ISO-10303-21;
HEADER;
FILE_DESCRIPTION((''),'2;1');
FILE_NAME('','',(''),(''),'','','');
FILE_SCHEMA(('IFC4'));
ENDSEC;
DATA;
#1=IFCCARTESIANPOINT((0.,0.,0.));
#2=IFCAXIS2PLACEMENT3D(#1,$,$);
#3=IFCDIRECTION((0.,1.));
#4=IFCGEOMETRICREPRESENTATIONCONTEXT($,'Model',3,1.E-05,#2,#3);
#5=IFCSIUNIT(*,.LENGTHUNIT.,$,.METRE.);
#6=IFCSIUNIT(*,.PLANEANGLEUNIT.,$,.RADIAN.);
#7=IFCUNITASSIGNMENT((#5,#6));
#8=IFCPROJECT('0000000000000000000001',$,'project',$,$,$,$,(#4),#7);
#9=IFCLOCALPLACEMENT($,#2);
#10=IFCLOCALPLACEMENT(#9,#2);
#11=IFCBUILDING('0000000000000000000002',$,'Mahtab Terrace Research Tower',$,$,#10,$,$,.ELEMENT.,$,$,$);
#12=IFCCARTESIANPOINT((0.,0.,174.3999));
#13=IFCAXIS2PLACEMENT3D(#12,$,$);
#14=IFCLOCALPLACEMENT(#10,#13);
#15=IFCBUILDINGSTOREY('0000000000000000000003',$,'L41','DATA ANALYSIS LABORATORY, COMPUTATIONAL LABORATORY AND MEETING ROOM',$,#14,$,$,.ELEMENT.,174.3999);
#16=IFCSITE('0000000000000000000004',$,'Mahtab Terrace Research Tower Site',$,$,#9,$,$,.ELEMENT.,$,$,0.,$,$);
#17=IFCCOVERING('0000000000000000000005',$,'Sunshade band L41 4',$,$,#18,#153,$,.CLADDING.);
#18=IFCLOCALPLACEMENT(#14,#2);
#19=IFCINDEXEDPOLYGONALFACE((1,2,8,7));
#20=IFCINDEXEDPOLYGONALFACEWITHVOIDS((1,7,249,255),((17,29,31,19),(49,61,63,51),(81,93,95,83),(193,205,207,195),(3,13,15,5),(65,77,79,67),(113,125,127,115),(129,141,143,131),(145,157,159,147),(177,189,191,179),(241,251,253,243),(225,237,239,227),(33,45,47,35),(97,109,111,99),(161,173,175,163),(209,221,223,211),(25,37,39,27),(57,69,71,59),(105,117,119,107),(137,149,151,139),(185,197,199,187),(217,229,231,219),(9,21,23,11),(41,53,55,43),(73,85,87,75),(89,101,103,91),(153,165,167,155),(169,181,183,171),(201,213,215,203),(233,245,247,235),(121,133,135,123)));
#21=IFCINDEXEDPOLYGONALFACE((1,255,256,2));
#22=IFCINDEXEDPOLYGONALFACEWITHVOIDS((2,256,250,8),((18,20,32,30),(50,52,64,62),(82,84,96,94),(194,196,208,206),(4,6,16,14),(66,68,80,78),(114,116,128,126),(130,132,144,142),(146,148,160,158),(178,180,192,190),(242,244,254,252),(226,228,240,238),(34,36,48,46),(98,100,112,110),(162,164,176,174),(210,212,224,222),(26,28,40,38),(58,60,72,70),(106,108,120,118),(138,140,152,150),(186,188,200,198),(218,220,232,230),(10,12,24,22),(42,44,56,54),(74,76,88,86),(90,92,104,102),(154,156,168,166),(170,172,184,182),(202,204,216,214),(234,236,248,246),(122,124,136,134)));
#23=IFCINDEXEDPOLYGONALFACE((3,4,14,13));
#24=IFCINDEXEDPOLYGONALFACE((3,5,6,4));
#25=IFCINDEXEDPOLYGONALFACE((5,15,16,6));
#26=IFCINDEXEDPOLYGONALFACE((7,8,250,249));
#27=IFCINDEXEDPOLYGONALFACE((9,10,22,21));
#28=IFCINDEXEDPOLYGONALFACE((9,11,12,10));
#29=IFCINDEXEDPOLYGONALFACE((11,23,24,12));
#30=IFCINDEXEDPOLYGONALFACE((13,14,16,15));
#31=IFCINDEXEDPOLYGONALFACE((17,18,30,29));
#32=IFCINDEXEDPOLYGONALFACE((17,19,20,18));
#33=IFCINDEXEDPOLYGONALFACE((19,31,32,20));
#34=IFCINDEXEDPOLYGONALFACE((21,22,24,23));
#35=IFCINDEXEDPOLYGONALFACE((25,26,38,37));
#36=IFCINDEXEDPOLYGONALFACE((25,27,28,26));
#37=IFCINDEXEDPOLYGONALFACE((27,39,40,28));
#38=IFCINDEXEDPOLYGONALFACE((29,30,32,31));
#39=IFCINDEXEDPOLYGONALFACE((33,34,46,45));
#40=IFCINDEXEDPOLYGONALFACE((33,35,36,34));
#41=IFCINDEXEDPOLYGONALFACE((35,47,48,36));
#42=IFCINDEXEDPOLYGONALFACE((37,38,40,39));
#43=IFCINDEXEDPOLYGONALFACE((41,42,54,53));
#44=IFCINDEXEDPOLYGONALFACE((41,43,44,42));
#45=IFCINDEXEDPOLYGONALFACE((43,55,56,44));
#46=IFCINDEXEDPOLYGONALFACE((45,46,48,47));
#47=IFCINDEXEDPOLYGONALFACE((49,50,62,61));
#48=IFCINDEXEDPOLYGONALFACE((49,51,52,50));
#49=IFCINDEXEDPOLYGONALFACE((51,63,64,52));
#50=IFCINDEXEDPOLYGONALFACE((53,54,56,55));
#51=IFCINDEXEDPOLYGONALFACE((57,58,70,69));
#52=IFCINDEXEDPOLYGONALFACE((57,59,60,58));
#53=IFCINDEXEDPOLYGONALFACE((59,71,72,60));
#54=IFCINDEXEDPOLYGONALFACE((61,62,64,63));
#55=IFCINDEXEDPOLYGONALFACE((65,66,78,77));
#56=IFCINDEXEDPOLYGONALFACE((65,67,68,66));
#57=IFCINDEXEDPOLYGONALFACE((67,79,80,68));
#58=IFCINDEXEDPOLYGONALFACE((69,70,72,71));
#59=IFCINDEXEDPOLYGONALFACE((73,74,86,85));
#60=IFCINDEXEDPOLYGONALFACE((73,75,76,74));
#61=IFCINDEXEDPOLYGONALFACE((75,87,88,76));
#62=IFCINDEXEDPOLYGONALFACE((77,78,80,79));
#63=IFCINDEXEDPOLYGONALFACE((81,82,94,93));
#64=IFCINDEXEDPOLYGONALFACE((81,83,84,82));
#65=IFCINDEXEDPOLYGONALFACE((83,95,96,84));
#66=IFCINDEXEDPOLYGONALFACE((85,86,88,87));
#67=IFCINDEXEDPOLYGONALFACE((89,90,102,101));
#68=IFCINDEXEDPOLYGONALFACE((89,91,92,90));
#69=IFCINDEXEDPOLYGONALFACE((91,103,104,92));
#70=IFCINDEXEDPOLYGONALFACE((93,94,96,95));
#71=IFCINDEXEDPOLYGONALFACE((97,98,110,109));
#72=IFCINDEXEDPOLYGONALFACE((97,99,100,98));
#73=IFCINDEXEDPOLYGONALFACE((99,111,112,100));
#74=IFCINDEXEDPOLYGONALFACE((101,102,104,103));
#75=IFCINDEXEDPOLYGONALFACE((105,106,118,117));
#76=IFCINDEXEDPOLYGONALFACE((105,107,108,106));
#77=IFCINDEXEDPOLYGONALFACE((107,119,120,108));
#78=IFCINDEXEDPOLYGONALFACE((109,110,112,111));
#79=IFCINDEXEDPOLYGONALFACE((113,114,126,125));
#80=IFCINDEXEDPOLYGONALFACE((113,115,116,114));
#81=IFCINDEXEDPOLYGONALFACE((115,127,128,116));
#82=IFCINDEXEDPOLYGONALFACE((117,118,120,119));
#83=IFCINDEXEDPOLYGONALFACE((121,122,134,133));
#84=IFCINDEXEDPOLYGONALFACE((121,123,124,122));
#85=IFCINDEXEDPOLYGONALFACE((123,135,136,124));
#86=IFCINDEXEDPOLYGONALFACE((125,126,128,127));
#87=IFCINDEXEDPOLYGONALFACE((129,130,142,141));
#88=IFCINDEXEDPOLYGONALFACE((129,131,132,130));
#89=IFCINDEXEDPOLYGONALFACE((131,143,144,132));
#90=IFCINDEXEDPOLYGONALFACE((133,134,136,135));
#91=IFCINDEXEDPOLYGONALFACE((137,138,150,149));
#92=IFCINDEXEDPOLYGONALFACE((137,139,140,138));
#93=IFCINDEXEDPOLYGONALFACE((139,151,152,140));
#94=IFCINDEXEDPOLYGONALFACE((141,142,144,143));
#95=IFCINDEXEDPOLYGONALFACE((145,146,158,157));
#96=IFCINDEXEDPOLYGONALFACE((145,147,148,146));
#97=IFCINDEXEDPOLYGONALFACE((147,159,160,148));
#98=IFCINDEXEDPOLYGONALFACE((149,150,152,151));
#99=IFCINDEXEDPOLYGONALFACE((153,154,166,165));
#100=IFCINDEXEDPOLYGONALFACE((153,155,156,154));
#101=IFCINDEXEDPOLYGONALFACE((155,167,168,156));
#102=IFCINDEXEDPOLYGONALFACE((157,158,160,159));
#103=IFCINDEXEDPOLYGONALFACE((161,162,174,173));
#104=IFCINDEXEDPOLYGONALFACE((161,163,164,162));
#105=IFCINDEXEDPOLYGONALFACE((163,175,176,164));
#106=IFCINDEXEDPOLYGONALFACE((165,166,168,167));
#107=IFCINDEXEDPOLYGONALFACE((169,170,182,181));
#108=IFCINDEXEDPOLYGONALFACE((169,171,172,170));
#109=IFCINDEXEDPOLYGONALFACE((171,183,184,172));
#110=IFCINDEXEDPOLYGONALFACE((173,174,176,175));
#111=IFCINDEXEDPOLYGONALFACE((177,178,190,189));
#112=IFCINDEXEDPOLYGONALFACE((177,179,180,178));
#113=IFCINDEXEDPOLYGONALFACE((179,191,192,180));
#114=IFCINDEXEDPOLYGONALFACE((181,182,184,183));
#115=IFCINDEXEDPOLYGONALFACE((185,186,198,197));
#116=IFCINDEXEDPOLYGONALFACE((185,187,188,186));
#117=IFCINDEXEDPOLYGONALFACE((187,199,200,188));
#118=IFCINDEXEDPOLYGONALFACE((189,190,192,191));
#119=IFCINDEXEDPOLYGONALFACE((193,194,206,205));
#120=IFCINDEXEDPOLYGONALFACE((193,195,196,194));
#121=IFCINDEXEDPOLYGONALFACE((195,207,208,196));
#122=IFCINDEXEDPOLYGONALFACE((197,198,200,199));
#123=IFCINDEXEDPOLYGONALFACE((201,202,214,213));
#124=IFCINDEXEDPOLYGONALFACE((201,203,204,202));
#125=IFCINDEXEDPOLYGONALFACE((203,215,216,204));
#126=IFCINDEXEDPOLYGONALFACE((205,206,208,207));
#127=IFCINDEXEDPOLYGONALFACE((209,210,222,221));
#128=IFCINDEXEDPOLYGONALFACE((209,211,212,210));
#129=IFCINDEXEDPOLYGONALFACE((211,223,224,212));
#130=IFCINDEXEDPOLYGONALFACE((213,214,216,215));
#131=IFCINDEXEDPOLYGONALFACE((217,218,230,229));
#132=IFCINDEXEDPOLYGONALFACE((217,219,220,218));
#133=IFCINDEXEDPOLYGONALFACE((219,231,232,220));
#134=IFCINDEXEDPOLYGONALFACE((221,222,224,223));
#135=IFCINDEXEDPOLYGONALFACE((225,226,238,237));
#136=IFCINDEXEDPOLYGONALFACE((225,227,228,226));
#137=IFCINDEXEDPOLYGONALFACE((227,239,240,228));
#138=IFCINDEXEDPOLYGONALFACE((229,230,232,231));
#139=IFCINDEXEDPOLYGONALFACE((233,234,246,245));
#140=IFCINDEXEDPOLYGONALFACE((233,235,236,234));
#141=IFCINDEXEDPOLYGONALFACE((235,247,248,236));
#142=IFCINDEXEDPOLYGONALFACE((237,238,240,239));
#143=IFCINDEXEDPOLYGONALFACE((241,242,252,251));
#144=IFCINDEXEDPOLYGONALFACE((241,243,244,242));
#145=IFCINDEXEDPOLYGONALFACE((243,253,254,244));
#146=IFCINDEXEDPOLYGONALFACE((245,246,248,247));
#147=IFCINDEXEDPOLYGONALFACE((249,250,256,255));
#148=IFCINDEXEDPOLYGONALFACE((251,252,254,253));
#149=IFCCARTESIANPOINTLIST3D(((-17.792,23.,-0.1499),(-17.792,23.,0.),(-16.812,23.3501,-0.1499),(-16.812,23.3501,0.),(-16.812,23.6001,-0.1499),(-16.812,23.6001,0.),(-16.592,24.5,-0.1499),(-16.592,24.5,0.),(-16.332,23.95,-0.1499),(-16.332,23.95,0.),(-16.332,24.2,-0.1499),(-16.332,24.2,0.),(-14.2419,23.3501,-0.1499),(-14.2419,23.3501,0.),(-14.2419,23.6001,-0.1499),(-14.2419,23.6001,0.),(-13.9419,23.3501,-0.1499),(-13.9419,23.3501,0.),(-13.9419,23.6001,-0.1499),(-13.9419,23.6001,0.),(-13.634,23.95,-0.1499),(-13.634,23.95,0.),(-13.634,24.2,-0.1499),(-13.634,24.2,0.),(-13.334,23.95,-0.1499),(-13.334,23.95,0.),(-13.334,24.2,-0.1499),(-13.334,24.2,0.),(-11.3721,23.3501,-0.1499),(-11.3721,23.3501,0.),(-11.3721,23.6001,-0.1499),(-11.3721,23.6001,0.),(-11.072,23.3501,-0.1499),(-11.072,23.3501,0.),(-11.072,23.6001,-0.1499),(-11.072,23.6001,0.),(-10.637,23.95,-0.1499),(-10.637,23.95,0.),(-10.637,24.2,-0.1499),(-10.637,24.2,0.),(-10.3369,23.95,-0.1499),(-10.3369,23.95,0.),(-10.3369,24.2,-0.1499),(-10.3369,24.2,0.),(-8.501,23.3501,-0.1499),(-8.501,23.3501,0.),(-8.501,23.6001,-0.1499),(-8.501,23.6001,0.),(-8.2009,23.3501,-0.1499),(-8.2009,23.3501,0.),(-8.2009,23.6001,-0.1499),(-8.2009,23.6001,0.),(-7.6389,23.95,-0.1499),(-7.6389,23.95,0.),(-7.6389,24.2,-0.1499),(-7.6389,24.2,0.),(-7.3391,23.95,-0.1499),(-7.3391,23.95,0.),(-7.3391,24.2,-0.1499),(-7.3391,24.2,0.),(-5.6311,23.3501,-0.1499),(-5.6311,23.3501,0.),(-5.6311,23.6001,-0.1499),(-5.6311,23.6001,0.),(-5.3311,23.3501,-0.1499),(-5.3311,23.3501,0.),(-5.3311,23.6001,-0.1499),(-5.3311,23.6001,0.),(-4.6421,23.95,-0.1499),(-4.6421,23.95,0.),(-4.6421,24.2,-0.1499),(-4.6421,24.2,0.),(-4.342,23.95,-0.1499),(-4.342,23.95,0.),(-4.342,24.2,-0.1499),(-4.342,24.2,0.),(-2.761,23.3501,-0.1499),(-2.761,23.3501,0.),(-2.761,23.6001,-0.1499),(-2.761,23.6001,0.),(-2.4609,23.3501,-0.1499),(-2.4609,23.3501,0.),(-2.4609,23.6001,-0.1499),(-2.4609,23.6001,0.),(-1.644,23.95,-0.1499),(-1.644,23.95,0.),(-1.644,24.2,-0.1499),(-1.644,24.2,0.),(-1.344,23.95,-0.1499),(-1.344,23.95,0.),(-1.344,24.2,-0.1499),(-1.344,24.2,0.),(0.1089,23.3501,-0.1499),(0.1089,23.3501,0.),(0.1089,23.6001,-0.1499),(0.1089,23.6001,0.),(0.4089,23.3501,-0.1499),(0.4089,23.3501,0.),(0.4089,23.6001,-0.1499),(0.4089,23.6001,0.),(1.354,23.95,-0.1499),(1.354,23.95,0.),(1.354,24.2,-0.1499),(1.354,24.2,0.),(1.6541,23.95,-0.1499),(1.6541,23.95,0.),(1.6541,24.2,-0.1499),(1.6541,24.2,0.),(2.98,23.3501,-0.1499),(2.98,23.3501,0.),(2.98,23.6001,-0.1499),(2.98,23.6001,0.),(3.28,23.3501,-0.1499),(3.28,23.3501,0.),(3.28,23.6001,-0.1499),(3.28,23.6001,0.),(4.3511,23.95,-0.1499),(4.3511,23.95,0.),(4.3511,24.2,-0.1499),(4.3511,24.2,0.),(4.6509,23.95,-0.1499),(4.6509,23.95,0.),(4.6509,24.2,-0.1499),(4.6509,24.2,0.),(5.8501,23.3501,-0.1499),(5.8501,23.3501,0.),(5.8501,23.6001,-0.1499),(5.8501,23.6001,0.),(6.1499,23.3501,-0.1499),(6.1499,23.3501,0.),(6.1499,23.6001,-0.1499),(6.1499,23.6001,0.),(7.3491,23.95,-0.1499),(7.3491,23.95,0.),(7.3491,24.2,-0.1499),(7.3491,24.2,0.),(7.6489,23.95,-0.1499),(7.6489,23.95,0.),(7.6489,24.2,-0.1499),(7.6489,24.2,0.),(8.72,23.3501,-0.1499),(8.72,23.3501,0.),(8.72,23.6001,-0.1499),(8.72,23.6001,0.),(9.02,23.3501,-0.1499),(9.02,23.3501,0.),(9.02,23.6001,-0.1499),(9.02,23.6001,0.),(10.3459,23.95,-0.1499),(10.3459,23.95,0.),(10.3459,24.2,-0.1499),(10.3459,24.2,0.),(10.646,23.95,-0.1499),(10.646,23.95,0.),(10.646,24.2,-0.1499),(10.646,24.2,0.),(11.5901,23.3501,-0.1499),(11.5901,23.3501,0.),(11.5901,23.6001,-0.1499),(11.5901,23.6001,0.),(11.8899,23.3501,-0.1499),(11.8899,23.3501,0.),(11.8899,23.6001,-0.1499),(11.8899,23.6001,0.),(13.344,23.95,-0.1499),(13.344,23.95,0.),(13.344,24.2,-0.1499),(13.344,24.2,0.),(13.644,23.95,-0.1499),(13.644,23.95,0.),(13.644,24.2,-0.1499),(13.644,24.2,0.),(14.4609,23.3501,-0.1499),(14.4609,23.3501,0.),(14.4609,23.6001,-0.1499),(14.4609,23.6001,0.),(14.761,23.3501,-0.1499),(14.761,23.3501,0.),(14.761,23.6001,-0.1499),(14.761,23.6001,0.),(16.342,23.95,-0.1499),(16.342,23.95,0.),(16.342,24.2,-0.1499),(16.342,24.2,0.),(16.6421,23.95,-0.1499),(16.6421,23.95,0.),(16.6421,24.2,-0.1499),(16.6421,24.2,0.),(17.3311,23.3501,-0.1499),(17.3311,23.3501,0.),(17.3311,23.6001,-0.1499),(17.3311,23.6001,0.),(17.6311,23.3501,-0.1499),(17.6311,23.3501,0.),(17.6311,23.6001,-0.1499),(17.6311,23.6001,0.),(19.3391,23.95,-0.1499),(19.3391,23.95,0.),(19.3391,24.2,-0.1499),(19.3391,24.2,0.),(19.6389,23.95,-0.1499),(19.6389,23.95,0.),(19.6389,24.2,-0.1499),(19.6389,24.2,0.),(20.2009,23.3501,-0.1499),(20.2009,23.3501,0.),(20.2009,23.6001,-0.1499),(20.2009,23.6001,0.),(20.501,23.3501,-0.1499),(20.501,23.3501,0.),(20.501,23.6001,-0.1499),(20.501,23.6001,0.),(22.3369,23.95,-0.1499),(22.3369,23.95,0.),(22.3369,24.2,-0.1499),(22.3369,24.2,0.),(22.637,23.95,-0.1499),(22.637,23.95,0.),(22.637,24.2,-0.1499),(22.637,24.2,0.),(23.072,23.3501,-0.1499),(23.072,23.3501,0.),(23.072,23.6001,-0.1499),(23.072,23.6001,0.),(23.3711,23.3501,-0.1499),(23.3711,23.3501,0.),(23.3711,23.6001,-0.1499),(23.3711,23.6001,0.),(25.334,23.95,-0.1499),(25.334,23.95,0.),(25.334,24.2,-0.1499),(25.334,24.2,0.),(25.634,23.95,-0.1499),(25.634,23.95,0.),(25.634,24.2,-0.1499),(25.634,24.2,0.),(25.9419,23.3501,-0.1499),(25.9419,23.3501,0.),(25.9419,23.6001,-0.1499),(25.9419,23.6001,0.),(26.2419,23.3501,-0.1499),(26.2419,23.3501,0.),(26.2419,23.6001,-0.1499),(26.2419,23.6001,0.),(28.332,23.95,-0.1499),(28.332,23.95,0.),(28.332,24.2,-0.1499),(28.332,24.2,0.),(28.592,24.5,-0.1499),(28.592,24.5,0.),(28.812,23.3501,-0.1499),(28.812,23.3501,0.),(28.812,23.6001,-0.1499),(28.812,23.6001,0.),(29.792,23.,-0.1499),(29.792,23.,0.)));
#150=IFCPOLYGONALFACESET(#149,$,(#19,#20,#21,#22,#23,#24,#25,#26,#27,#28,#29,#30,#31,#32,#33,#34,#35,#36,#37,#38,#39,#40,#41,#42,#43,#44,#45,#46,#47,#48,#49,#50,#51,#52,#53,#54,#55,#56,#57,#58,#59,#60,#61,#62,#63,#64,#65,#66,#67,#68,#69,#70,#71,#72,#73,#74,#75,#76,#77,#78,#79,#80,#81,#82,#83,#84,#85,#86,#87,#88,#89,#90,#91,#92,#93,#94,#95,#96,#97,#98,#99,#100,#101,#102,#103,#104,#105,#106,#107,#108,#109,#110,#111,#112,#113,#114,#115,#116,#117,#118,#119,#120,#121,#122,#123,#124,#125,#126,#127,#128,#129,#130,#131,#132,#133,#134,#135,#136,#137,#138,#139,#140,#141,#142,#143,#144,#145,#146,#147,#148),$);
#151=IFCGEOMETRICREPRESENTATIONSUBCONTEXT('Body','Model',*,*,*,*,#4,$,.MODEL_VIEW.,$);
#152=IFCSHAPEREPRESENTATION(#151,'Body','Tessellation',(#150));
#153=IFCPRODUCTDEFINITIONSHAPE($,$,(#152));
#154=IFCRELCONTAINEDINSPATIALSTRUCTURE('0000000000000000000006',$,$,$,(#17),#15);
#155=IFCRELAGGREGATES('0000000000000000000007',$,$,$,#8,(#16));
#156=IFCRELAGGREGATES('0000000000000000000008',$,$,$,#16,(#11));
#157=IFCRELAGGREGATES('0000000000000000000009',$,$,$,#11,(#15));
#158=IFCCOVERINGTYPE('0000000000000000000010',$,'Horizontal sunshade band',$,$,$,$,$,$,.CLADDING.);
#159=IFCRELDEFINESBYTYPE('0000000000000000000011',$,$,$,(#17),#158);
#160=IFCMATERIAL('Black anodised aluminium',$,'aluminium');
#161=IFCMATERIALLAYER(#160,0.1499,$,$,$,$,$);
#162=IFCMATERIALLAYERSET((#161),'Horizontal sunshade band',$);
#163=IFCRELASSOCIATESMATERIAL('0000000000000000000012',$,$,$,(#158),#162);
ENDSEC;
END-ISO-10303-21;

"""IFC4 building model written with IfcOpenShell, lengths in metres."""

from ifc_helpers import new_model, si_unit, direction, frame, origin, place, context, subcontext, project, spatial, polyline, outline, extrude, material, layer, layer_set, type_object, element, save


model = new_model("IFC4")

# Units and contexts
model_context = context("Model", 3, precision=1e-05, world=origin(), true_north=direction((0.0, 1.0)))
body_context = subcontext(model_context, "Body", "Model", "MODEL_VIEW")
ifc_project = project(units=[si_unit("LENGTHUNIT", "METRE"), si_unit("PLANEANGLEUNIT", "RADIAN")], contexts=[model_context])

# Site, building, storey
site_placement = place(None, origin())
site = spatial("IfcSite", under=ifc_project, at=site_placement, Name="Mahtab Terrace Research Tower Site", CompositionType="ELEMENT", RefElevation=0.0)
building_placement = place(site_placement, origin())
building = spatial("IfcBuilding", under=site, at=building_placement, Name="Mahtab Terrace Research Tower", CompositionType="ELEMENT")
storey_placement = place(building_placement, frame((0.0, 0.0, 174.3999)))
storey = spatial("IfcBuildingStorey", under=building, at=storey_placement, Name="L41", Description="DATA ANALYSIS LABORATORY, COMPUTATIONAL LABORATORY AND MEETING ROOM", CompositionType="ELEMENT", Elevation=174.3999)

# Covering
ifc_material_1 = material(Name="Black anodised aluminium", Category="aluminium")
ifc_layer_1 = layer(ifc_material_1, 0.1499)
ifc_layer_set_1 = layer_set([ifc_layer_1], Name="Horizontal sunshade band")
covering_type = type_object("IfcCoveringType", Name="Horizontal sunshade band", PredefinedType="CLADDING", material=ifc_layer_set_1)
covering_1_placement = place(storey_placement, frame((0.0, 0.0, -0.1499)))
element("IfcCovering", 1, at=covering_1_placement, inside=storey, type_object=covering_type, Name="Sunshade band L41 4", PredefinedType="CLADDING", context=body_context, shape_type="SweptSolid", body=[
    extrude(outline(polyline([(29.792, 23.0), (-17.792, 23.0), (-16.592, 24.5), (28.592, 24.5), (29.792, 23.0)]), holes=[polyline([(28.812, 23.3501), (26.2419, 23.3501), (26.2419, 23.6001), (28.812, 23.6001), (28.812, 23.3501)]), polyline([(25.9419, 23.3501), (23.3711, 23.3501), (23.3711, 23.6001), (25.9419, 23.6001), (25.9419, 23.3501)]), polyline([(23.072, 23.3501), (20.501, 23.3501), (20.501, 23.6001), (23.072, 23.6001), (23.072, 23.3501)]), polyline([(20.2009, 23.3501), (17.6311, 23.3501), (17.6311, 23.6001), (20.2009, 23.6001), (20.2009, 23.3501)]), polyline([(17.3311, 23.3501), (14.761, 23.3501), (14.761, 23.6001), (17.3311, 23.6001), (17.3311, 23.3501)]), polyline([(14.4609, 23.3501), (11.8899, 23.3501), (11.8899, 23.6001), (14.4609, 23.6001), (14.4609, 23.3501)]), polyline([(11.5901, 23.3501), (9.02, 23.3501), (9.02, 23.6001), (11.5901, 23.6001), (11.5901, 23.3501)]), polyline([(8.72, 23.3501), (6.1499, 23.3501), (6.1499, 23.6001), (8.72, 23.6001), (8.72, 23.3501)]), polyline([(5.8501, 23.3501), (3.28, 23.3501), (3.28, 23.6001), (5.8501, 23.6001), (5.8501, 23.3501)]), polyline([(2.98, 23.3501), (0.4089, 23.3501), (0.4089, 23.6001), (2.98, 23.6001), (2.98, 23.3501)]), polyline([(0.1089, 23.3501), (-2.4609, 23.3501), (-2.4609, 23.6001), (0.1089, 23.6001), (0.1089, 23.3501)]), polyline([(-2.761, 23.3501), (-5.3311, 23.3501), (-5.3311, 23.6001), (-2.761, 23.6001), (-2.761, 23.3501)]), polyline([(-5.6311, 23.3501), (-8.2009, 23.3501), (-8.2009, 23.6001), (-5.6311, 23.6001), (-5.6311, 23.3501)]), polyline([(-8.501, 23.3501), (-11.072, 23.3501), (-11.072, 23.6001), (-8.501, 23.6001), (-8.501, 23.3501)]), polyline([(-11.3721, 23.3501), (-13.9419, 23.3501), (-13.9419, 23.6001), (-11.3721, 23.6001), (-11.3721, 23.3501)]), polyline([(-14.2419, 23.3501), (-16.812, 23.3501), (-16.812, 23.6001), (-14.2419, 23.6001), (-14.2419, 23.3501)]), polyline([(28.332, 23.95), (25.634, 23.95), (25.634, 24.2), (28.332, 24.2), (28.332, 23.95)]), polyline([(25.334, 23.95), (22.637, 23.95), (22.637, 24.2), (25.334, 24.2), (25.334, 23.95)]), polyline([(22.3369, 23.95), (19.6389, 23.95), (19.6389, 24.2), (22.3369, 24.2), (22.3369, 23.95)]), polyline([(19.3391, 23.95), (16.6421, 23.95), (16.6421, 24.2), (19.3391, 24.2), (19.3391, 23.95)]), polyline([(16.342, 23.95), (13.644, 23.95), (13.644, 24.2), (16.342, 24.2), (16.342, 23.95)]), polyline([(13.344, 23.95), (10.646, 23.95), (10.646, 24.2), (13.344, 24.2), (13.344, 23.95)]), polyline([(10.3459, 23.95), (7.6489, 23.95), (7.6489, 24.2), (10.3459, 24.2), (10.3459, 23.95)]), polyline([(7.3491, 23.95), (4.6509, 23.95), (4.6509, 24.2), (7.3491, 24.2), (7.3491, 23.95)]), polyline([(4.3511, 23.95), (1.6541, 23.95), (1.6541, 24.2), (4.3511, 24.2), (4.3511, 23.95)]), polyline([(1.354, 23.95), (-1.344, 23.95), (-1.344, 24.2), (1.354, 24.2), (1.354, 23.95)]), polyline([(-1.644, 23.95), (-4.342, 23.95), (-4.342, 24.2), (-1.644, 24.2), (-1.644, 23.95)]), polyline([(-4.6421, 23.95), (-7.3391, 23.95), (-7.3391, 24.2), (-4.6421, 24.2), (-4.6421, 23.95)]), polyline([(-7.6389, 23.95), (-10.3369, 23.95), (-10.3369, 24.2), (-7.6389, 24.2), (-7.6389, 23.95)]), polyline([(-10.637, 23.95), (-13.334, 23.95), (-13.334, 24.2), (-10.637, 24.2), (-10.637, 23.95)]), polyline([(-13.634, 23.95), (-16.332, 23.95), (-16.332, 24.2), (-13.634, 24.2), (-13.634, 23.95)])]), origin(), (0.0, 0.0, 1.0), 0.1499),
])

save(model, "model.ifc")
